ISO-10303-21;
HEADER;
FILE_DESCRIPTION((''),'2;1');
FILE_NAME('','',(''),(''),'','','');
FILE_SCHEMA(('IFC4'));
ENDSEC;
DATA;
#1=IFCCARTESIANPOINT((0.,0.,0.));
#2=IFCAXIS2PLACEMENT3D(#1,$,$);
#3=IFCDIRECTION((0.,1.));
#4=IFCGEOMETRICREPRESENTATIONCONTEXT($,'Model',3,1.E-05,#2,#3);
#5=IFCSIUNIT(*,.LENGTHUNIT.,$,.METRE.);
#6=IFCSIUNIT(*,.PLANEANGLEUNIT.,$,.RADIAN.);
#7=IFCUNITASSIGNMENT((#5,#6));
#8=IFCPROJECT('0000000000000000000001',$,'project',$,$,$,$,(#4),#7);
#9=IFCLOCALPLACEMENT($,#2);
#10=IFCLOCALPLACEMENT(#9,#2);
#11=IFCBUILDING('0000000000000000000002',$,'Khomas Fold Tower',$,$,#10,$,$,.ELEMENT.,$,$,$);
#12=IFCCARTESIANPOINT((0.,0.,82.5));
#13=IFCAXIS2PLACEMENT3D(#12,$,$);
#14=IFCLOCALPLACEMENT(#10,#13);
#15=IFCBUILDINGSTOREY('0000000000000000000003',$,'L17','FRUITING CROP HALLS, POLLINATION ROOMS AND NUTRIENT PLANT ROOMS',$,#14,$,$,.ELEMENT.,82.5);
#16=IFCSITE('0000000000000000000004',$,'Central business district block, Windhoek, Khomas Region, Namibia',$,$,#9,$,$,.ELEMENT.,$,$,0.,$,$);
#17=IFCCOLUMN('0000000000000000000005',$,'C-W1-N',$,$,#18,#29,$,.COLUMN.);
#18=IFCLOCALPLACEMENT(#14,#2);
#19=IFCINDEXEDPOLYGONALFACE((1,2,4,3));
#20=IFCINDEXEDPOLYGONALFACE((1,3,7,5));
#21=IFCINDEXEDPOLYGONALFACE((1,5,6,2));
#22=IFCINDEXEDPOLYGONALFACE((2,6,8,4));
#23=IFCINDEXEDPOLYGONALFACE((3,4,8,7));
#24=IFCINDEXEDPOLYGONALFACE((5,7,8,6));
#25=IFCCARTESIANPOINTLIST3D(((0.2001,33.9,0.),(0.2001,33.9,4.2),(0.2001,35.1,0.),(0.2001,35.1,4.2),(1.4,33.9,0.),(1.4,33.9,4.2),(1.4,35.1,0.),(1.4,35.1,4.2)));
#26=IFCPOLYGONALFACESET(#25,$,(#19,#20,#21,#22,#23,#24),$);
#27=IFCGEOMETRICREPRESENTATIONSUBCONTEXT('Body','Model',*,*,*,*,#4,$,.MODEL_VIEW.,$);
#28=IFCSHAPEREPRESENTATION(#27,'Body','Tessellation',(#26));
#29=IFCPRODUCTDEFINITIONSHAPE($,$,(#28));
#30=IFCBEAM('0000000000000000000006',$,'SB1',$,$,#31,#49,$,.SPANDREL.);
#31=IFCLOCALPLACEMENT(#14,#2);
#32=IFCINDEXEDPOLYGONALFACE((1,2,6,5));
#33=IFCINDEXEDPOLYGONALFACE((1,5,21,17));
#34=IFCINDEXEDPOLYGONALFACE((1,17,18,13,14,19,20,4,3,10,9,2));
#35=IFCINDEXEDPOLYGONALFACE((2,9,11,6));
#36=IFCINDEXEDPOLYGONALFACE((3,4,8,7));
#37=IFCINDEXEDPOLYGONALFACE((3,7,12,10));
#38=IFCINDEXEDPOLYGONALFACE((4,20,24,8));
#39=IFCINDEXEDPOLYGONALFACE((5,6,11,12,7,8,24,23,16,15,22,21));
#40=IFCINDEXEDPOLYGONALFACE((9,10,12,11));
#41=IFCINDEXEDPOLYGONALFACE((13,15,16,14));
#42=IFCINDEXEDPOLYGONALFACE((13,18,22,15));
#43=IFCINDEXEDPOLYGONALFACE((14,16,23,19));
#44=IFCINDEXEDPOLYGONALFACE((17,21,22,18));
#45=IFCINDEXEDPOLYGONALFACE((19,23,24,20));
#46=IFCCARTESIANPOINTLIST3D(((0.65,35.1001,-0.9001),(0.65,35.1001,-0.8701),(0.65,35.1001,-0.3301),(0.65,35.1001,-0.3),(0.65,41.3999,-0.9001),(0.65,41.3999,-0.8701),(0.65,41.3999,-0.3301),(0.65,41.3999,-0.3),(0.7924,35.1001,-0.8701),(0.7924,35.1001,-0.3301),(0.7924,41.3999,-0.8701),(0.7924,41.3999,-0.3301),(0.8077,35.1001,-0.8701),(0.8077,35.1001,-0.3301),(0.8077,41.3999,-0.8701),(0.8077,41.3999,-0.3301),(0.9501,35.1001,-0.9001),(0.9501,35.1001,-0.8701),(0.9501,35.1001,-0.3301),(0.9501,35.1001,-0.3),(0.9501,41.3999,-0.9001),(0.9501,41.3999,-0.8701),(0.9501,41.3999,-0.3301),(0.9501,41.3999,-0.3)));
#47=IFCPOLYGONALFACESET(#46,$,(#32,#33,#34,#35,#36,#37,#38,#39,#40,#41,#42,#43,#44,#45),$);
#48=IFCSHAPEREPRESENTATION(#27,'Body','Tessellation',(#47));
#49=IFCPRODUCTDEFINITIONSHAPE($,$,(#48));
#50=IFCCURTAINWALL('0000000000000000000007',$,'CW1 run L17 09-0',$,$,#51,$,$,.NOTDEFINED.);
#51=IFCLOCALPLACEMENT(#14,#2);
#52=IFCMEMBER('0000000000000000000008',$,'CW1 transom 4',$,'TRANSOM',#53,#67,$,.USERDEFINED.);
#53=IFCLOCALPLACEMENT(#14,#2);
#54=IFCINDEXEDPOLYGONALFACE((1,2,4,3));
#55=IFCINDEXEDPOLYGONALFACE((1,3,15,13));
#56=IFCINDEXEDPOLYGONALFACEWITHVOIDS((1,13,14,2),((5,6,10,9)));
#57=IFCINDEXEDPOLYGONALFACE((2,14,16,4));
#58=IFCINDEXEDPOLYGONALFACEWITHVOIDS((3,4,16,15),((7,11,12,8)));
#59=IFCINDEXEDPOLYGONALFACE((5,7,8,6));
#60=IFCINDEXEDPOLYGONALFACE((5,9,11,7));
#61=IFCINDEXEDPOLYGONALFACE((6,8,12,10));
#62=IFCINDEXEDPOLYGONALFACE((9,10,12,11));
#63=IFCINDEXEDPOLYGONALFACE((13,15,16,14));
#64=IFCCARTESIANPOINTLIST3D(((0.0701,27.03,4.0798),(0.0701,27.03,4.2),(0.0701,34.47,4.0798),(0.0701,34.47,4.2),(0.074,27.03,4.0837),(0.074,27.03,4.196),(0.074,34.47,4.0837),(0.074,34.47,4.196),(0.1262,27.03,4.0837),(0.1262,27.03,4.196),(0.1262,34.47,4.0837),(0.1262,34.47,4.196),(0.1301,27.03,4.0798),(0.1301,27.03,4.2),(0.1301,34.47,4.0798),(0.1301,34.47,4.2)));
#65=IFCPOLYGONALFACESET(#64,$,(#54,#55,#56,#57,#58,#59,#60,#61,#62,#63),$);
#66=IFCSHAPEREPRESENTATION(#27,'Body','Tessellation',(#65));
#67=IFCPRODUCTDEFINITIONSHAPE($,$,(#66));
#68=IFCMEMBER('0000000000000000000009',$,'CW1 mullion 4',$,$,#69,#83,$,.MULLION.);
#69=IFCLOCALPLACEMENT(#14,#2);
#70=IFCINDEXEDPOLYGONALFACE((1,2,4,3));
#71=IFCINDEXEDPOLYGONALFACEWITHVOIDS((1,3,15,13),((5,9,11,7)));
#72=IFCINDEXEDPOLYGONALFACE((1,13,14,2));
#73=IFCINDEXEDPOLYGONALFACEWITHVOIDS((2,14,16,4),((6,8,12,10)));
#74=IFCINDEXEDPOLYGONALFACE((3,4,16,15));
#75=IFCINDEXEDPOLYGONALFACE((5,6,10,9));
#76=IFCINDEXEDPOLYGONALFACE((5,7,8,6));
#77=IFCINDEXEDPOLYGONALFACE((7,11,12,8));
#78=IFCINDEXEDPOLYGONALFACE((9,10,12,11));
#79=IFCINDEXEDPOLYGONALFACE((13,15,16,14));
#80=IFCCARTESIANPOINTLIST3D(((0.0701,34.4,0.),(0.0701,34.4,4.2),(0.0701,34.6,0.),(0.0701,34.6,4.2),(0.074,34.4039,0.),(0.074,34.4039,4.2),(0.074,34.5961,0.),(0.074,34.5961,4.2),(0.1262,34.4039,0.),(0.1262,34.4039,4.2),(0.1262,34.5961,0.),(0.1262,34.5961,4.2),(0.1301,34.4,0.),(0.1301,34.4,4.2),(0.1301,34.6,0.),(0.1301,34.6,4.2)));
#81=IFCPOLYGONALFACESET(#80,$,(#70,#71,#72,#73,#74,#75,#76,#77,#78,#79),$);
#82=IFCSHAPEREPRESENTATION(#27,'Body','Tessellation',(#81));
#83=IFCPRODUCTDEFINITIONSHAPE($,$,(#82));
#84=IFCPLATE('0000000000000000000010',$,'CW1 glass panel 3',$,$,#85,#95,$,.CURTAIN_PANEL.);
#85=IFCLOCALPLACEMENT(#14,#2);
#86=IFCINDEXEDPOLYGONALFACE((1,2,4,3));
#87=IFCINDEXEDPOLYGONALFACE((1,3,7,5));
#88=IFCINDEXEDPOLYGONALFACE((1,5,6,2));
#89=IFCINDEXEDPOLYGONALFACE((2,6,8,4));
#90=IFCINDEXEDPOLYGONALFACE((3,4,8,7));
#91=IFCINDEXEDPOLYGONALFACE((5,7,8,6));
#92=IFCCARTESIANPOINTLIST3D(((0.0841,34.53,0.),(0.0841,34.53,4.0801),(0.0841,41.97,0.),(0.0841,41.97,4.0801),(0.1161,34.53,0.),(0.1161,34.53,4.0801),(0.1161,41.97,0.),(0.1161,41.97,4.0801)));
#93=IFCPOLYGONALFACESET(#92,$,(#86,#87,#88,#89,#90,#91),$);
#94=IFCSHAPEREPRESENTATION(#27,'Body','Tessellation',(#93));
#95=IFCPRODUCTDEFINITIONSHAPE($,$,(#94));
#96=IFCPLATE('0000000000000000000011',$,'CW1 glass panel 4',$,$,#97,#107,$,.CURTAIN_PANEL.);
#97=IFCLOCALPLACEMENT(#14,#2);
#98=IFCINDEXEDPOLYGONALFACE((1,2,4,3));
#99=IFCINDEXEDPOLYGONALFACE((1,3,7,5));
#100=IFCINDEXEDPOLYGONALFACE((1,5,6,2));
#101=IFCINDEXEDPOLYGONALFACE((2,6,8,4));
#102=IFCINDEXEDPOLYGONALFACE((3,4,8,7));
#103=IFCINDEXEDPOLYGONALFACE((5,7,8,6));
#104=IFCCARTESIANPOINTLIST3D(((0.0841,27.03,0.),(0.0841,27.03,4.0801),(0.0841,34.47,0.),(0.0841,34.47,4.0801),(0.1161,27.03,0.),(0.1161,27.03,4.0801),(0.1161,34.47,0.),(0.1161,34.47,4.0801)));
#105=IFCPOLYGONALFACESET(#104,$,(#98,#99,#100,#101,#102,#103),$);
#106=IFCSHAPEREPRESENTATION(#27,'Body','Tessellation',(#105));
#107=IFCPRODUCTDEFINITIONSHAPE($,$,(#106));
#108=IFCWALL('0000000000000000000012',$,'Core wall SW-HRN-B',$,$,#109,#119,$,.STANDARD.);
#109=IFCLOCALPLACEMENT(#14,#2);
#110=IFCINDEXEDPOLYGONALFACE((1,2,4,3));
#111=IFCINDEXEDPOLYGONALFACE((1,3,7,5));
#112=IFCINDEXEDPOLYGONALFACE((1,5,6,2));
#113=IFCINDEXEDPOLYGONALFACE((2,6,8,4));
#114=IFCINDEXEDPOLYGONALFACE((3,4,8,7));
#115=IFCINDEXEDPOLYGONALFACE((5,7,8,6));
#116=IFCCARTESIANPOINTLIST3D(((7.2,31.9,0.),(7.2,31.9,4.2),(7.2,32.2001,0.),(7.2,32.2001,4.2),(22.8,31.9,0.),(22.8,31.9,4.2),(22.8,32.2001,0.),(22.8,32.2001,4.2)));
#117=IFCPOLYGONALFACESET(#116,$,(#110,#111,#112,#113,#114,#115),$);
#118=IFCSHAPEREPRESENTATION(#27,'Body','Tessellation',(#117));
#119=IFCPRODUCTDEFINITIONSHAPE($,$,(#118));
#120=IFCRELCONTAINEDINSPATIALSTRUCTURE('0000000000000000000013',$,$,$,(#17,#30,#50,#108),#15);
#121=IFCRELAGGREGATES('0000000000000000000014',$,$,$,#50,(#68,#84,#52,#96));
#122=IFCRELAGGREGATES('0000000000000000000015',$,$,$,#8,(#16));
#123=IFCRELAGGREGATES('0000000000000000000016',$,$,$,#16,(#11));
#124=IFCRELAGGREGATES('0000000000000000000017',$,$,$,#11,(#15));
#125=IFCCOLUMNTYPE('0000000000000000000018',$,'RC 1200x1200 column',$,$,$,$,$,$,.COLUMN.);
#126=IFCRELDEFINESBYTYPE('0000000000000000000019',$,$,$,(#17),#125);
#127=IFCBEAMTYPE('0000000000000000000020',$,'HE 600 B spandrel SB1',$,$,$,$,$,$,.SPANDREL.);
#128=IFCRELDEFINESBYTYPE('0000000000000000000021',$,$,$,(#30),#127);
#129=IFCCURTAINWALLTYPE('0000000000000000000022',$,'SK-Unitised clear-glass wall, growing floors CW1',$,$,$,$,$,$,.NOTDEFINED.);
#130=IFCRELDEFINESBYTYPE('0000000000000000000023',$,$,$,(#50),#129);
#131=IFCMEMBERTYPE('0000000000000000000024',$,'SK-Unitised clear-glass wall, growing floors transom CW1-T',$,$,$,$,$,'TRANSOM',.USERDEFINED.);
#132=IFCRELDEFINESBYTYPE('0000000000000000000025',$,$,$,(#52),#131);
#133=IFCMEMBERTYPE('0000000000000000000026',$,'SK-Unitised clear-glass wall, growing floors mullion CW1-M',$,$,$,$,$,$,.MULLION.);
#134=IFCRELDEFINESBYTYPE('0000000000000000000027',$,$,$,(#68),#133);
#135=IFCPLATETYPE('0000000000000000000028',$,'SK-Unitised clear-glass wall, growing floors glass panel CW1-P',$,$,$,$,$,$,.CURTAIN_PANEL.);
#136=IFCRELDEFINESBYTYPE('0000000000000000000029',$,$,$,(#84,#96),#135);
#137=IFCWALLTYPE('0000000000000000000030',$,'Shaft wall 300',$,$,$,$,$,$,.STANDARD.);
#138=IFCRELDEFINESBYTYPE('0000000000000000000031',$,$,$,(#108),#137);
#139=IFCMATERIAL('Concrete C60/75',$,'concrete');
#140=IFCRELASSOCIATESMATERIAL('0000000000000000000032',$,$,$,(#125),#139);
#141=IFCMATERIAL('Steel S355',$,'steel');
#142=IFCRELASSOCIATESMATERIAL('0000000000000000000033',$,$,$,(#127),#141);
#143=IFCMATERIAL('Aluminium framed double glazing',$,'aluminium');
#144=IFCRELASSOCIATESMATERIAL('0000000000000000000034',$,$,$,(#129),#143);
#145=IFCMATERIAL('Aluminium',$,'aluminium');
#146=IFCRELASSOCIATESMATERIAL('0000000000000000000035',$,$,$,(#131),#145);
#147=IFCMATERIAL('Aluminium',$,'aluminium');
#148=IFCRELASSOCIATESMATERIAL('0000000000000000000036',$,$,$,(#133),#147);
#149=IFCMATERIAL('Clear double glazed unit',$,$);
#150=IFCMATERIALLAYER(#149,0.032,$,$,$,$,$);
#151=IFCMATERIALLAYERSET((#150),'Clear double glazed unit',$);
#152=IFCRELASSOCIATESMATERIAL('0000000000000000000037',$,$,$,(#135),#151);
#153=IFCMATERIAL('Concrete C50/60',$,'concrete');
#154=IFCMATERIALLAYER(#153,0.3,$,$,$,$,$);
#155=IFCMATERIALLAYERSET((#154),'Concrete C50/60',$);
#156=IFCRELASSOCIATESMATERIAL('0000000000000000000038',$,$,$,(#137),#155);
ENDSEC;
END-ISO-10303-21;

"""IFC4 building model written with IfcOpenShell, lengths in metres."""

from ifc_helpers import new_model, si_unit, direction, frame, frame_2d, origin, origin_2d, place, context, subcontext, project, spatial, rectangle, hollow_rectangle, i_section, extrude, source, transform, mapped, material, layer, layer_set, material_profile, profile_set, type_object, element, aggregate, save


model = new_model("IFC4")

# Units and contexts
model_context = context("Model", 3, precision=1e-05, world=origin(), true_north=direction((0.0, 1.0)))
body_context = subcontext(model_context, "Body", "Model", "MODEL_VIEW")
ifc_project = project(units=[si_unit("LENGTHUNIT", "METRE"), si_unit("PLANEANGLEUNIT", "RADIAN")], contexts=[model_context])

# Site, building, storey
site_placement = place(None, origin())
site = spatial("IfcSite", under=ifc_project, at=site_placement, Name="Central business district block, Windhoek, Khomas Region, Namibia", CompositionType="ELEMENT", RefElevation=0.0)
building_placement = place(site_placement, origin())
building = spatial("IfcBuilding", under=site, at=building_placement, Name="Khomas Fold Tower", CompositionType="ELEMENT")
storey_placement = place(building_placement, frame((0.0, 0.0, 82.5)))
storey = spatial("IfcBuildingStorey", under=building, at=storey_placement, Name="L17", Description="FRUITING CROP HALLS, POLLINATION ROOMS AND NUTRIENT PLANT ROOMS", CompositionType="ELEMENT", Elevation=82.5)

# Column
ifc_material_1 = material(Name="Concrete C60/75", Category="concrete")
ifc_material_profile_1 = material_profile(ifc_material_1, rectangle(XDim=1.2, YDim=1.2, at=origin_2d()), Name="RC 1200x1200")
ifc_profile_set_1 = profile_set([ifc_material_profile_1], Name="Concrete C60/75")
column_type = type_object("IfcColumnType", Name="RC 1200x1200 column", PredefinedType="COLUMN", material=ifc_profile_set_1)
shared_shape_1 = source(origin(), body_context, "Body", "SweptSolid", [
    extrude(rectangle(XDim=1.2, YDim=1.2, at=origin_2d()), origin(), (0.0, 0.0, 1.0), 4.2),
])
column_placement = place(storey_placement, frame((0.8, 34.5, 0.0), z_axis=(0.0, 0.0, 1.0), x_axis=(1.0, 0.0, 0.0)))
element("IfcColumn", 1, at=column_placement, inside=storey, type_object=column_type, Name="C-W1-N", PredefinedType="COLUMN", context=body_context, shape_type="MappedRepresentation", body=[
    mapped(shared_shape_1, transform((0.0, 0.0, 0.0))),
])

# Beam
ifc_material_2 = material(Name="Steel S355", Category="steel")
ifc_material_profile_2 = material_profile(ifc_material_2, i_section(OverallWidth=0.3, OverallDepth=0.6001, WebThickness=0.0154, FlangeThickness=0.03, at=origin_2d()), Name="HE 600 B")
ifc_profile_set_2 = profile_set([ifc_material_profile_2], Name="Steel S355")
beam_type = type_object("IfcBeamType", Name="HE 600 B spandrel SB1", PredefinedType="SPANDREL", material=ifc_profile_set_2)
shared_shape_2 = source(origin(), body_context, "Body", "SweptSolid", [
    extrude(i_section(OverallWidth=0.3, OverallDepth=0.6001, WebThickness=0.0154, FlangeThickness=0.03, at=origin_2d()), origin(), (0.0, 0.0, 1.0), 6.2998),
])
beam_placement = place(storey_placement, frame((0.8, 35.1001, -0.6001), z_axis=(0.0, 1.0, 0.0), x_axis=(-1.0, 0.0, 0.0)))
element("IfcBeam", 2, at=beam_placement, inside=storey, type_object=beam_type, Name="SB1", PredefinedType="SPANDREL", context=body_context, shape_type="MappedRepresentation", body=[
    mapped(shared_shape_2, transform((0.0, 0.0, 0.0))),
])

# Curtain wall, members, plates
ifc_material_3 = material(Name="Aluminium framed double glazing", Category="aluminium")
curtain_wall_type = type_object("IfcCurtainWallType", Name="SK-Unitised clear-glass wall, growing floors CW1", PredefinedType="NOTDEFINED", material=ifc_material_3)
curtain_wall_placement = place(storey_placement, origin())
curtain_wall = element("IfcCurtainWall", 3, at=curtain_wall_placement, inside=storey, type_object=curtain_wall_type, Name="CW1 run L17 09-0", PredefinedType="NOTDEFINED")
ifc_material_4 = material(Name="Aluminium", Category="aluminium")
ifc_material_profile_3 = material_profile(ifc_material_4, hollow_rectangle(XDim=0.0601, YDim=0.1201, WallThickness=0.0039, at=origin_2d()), Name="SK-Unitised clear-glass wall, growing floors transom CW1-T")
ifc_profile_set_3 = profile_set([ifc_material_profile_3], Name="Aluminium")
member_type_1 = type_object("IfcMemberType", Name="SK-Unitised clear-glass wall, growing floors transom CW1-T", ElementType="TRANSOM", PredefinedType="USERDEFINED", material=ifc_profile_set_3)
shared_shape_3 = source(origin(), body_context, "Body", "SweptSolid", [
    extrude(hollow_rectangle(XDim=0.0601, YDim=0.1201, WallThickness=0.0039, at=origin_2d()), origin(), (0.0, 0.0, 1.0), 7.4399),
])
member_1_placement = place(storey_placement, frame((0.1001, 34.47, 4.1399), z_axis=(0.0, -1.0, 0.0), x_axis=(1.0, 0.0, 0.0)))
member_1 = element("IfcMember", 4, at=member_1_placement, type_object=member_type_1, Name="CW1 transom 4", ObjectType="TRANSOM", PredefinedType="USERDEFINED", context=body_context, shape_type="MappedRepresentation", body=[
    mapped(shared_shape_3, transform((0.0, 0.0, 0.0))),
])
ifc_material_5 = material(Name="Aluminium", Category="aluminium")
ifc_material_profile_4 = material_profile(ifc_material_5, hollow_rectangle(XDim=0.0601, YDim=0.2, WallThickness=0.0039, at=origin_2d()), Name="SK-Unitised clear-glass wall, growing floors mullion CW1-M")
ifc_profile_set_4 = profile_set([ifc_material_profile_4], Name="Aluminium")
member_type_2 = type_object("IfcMemberType", Name="SK-Unitised clear-glass wall, growing floors mullion CW1-M", PredefinedType="MULLION", material=ifc_profile_set_4)
shared_shape_4 = source(origin(), body_context, "Body", "SweptSolid", [
    extrude(hollow_rectangle(XDim=0.0601, YDim=0.2, WallThickness=0.0039, at=origin_2d()), origin(), (0.0, 0.0, 1.0), 4.2),
])
member_2_placement = place(storey_placement, frame((0.1001, 34.5, 0.0), z_axis=(0.0, 0.0, 1.0), x_axis=(1.0, 0.0, 0.0)))
member_2 = element("IfcMember", 5, at=member_2_placement, type_object=member_type_2, Name="CW1 mullion 4", PredefinedType="MULLION", context=body_context, shape_type="MappedRepresentation", body=[
    mapped(shared_shape_4, transform((0.0, 0.0, 0.0))),
])
ifc_material_6 = material(Name="Clear double glazed unit")
ifc_layer_1 = layer(ifc_material_6, 0.032)
ifc_layer_set_1 = layer_set([ifc_layer_1], Name="Clear double glazed unit")
plate_type = type_object("IfcPlateType", Name="SK-Unitised clear-glass wall, growing floors glass panel CW1-P", PredefinedType="CURTAIN_PANEL", material=ifc_layer_set_1)
shared_shape_5 = source(origin(), body_context, "Body", "SweptSolid", [
    extrude(rectangle(XDim=7.4399, YDim=0.032, at=origin_2d()), origin(), (0.0, 0.0, 1.0), 4.0801),
])
plate_1_placement = place(storey_placement, frame((0.1001, 38.25, 0.0), z_axis=(0.0, 0.0, 1.0), x_axis=(0.0, -1.0, 0.0)))
plate_1 = element("IfcPlate", 6, at=plate_1_placement, type_object=plate_type, Name="CW1 glass panel 3", PredefinedType="CURTAIN_PANEL", context=body_context, shape_type="MappedRepresentation", body=[
    mapped(shared_shape_5, transform((0.0, 0.0, 0.0))),
])
plate_2_placement = place(storey_placement, frame((0.1001, 30.75, 0.0), z_axis=(0.0, 0.0, 1.0), x_axis=(0.0, -1.0, 0.0)))
plate_2 = element("IfcPlate", 7, at=plate_2_placement, type_object=plate_type, Name="CW1 glass panel 4", PredefinedType="CURTAIN_PANEL", context=body_context, shape_type="MappedRepresentation", body=[
    mapped(shared_shape_5, transform((0.0, 0.0, 0.0))),
])
aggregate(curtain_wall, [member_2, plate_1, member_1, plate_2])

# Wall
ifc_material_7 = material(Name="Concrete C50/60", Category="concrete")
ifc_layer_2 = layer(ifc_material_7, 0.3)
ifc_layer_set_2 = layer_set([ifc_layer_2], Name="Concrete C50/60")
wall_type_1 = type_object("IfcWallType", Name="Shaft wall 300", PredefinedType="STANDARD", material=ifc_layer_set_2)
shared_shape_6 = source(origin(), body_context, "Body", "SweptSolid", [
    extrude(rectangle(XDim=15.6001, YDim=0.3, at=frame_2d((7.8, 0.0))), origin(), (0.0, 0.0, 1.0), 4.2),
])
wall_1_placement = place(storey_placement, frame((7.2, 32.05, 0.0), z_axis=(0.0, 0.0, 1.0), x_axis=(1.0, 0.0, 0.0)))
element("IfcWall", 8, at=wall_1_placement, inside=storey, type_object=wall_type_1, Name="Core wall SW-HRN-B", PredefinedType="STANDARD", context=body_context, shape_type="MappedRepresentation", body=[
    mapped(shared_shape_6, transform((0.0, 0.0, 0.0))),
])

save(model, "model.ifc")
